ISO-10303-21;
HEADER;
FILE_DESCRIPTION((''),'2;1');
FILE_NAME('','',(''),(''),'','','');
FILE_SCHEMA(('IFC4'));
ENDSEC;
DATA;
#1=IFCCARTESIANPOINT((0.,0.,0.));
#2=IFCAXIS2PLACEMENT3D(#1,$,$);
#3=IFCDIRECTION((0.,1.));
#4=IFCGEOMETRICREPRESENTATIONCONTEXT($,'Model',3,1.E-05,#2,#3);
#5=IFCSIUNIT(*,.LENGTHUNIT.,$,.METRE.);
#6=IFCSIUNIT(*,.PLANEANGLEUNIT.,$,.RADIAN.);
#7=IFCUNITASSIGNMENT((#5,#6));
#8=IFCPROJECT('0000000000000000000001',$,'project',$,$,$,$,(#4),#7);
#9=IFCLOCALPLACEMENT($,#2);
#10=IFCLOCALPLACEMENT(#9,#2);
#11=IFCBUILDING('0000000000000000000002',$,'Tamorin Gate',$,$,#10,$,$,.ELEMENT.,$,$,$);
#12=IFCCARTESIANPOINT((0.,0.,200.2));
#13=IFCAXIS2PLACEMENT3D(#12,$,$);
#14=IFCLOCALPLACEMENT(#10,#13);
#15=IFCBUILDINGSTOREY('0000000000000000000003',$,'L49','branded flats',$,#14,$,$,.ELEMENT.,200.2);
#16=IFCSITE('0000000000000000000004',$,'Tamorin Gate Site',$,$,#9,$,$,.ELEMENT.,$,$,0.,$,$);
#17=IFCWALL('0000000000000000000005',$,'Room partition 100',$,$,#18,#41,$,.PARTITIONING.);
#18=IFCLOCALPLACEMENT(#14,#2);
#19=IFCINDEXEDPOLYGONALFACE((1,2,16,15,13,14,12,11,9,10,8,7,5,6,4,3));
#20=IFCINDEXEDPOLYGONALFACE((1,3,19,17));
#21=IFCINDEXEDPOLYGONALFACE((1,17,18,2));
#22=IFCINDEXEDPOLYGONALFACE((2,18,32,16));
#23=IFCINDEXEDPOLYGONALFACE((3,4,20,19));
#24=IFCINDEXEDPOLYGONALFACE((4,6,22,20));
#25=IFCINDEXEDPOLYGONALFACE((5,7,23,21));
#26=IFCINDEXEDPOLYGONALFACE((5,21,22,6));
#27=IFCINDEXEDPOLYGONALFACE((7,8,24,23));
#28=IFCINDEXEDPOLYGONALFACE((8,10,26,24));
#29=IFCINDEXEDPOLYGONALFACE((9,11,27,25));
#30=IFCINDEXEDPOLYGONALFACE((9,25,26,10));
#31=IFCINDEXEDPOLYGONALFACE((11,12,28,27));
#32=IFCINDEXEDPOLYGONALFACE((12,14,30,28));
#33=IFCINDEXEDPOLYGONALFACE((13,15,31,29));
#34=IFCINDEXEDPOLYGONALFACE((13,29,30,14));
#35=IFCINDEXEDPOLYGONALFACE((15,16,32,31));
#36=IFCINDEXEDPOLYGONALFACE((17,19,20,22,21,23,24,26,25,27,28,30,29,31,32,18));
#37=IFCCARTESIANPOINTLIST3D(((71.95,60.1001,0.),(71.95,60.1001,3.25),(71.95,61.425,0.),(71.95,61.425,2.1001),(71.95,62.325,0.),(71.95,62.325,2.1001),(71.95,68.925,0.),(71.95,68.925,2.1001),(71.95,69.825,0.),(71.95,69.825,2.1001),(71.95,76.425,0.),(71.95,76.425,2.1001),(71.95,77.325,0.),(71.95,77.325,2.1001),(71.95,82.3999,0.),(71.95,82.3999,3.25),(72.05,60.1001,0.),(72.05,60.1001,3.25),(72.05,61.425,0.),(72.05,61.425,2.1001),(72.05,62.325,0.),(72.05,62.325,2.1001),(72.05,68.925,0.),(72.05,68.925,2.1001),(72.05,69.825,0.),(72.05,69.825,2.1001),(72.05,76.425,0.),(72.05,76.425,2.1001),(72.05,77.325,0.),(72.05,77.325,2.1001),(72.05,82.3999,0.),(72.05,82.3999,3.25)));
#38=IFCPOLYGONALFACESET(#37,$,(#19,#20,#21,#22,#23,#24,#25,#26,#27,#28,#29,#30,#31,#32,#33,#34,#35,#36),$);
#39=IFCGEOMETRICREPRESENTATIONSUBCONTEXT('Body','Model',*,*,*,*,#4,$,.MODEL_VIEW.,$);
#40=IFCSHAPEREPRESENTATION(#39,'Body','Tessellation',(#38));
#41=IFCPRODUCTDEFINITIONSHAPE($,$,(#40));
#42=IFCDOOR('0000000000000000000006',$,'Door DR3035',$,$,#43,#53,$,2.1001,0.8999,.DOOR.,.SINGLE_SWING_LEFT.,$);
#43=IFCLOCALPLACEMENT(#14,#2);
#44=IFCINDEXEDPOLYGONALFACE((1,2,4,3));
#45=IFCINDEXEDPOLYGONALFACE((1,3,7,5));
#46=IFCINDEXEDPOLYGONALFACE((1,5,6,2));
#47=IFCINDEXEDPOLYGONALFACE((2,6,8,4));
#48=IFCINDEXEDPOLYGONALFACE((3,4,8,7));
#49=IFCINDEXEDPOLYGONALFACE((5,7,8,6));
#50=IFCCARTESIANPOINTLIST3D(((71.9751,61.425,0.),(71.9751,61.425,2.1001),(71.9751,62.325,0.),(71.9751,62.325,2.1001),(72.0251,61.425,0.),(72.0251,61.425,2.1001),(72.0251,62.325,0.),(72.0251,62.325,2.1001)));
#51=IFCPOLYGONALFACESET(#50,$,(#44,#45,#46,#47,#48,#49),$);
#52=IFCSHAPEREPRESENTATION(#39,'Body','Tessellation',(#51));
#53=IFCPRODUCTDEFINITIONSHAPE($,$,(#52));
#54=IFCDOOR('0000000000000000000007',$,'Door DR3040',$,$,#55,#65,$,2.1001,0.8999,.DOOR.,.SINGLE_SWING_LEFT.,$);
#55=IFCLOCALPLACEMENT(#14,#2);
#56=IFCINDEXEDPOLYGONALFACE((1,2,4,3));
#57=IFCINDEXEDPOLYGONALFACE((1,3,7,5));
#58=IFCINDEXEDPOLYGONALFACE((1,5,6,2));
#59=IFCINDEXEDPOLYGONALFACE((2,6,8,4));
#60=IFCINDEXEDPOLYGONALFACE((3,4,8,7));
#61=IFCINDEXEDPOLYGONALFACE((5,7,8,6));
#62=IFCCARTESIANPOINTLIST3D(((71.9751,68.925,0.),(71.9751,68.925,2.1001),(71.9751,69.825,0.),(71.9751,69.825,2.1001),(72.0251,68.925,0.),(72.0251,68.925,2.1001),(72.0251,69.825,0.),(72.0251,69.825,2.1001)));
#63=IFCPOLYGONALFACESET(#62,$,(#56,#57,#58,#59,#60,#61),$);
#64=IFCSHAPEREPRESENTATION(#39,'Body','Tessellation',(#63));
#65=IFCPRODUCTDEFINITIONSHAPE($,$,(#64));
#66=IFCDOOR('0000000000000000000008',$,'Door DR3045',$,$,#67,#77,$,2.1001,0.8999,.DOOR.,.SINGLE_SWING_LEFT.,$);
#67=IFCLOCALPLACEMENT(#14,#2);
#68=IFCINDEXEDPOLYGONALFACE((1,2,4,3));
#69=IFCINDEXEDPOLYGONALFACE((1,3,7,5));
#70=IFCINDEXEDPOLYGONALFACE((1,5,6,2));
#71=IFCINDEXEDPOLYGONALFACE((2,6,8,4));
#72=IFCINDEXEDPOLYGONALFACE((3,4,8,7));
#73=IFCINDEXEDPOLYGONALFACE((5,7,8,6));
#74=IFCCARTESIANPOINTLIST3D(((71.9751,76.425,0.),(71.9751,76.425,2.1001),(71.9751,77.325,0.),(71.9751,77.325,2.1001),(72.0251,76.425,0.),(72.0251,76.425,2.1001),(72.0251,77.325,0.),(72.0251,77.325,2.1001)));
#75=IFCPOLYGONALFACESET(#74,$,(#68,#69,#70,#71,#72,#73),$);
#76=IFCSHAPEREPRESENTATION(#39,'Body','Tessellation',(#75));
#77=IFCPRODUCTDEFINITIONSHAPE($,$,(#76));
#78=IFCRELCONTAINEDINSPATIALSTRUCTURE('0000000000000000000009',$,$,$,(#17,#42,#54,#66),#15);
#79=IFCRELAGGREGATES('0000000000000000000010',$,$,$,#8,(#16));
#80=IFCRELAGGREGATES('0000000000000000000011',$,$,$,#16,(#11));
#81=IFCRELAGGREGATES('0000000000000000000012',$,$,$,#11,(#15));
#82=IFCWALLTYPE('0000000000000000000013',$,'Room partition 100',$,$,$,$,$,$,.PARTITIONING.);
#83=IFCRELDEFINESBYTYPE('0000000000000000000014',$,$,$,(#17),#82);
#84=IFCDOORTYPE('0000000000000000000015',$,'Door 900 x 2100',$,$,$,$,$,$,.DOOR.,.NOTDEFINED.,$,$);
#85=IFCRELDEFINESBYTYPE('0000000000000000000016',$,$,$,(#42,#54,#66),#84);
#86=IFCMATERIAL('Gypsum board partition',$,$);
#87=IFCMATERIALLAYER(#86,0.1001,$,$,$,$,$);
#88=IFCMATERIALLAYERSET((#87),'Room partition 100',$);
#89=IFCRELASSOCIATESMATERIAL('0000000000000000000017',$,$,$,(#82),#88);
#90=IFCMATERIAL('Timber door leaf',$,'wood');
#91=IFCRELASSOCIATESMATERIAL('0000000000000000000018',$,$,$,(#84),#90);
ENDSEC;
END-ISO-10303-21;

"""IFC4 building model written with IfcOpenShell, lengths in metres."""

from ifc_helpers import new_model, si_unit, direction, frame, frame_2d, origin, place, context, subcontext, project, spatial, rectangle, extrude, material, layer, layer_set, type_object, element, fill, save


model = new_model("IFC4")

# Units and contexts
model_context = context("Model", 3, precision=1e-05, world=origin(), true_north=direction((0.0, 1.0)))
body_context = subcontext(model_context, "Body", "Model", "MODEL_VIEW")
ifc_project = project(units=[si_unit("LENGTHUNIT", "METRE"), si_unit("PLANEANGLEUNIT", "RADIAN")], contexts=[model_context])

# Site, building, storey
site_placement = place(None, origin())
site = spatial("IfcSite", under=ifc_project, at=site_placement, Name="Tamorin Gate Site", CompositionType="ELEMENT", RefElevation=0.0)
building_placement = place(site_placement, origin())
building = spatial("IfcBuilding", under=site, at=building_placement, Name="Tamorin Gate", CompositionType="ELEMENT")
storey_placement = place(building_placement, frame((0.0, 0.0, 200.2)))
storey = spatial("IfcBuildingStorey", under=building, at=storey_placement, Name="L49", Description="branded flats", CompositionType="ELEMENT", Elevation=200.2)

# Wall, openings, doors
ifc_material_1 = material(Name="Gypsum board partition")
ifc_layer_1 = layer(ifc_material_1, 0.1001)
ifc_layer_set_1 = layer_set([ifc_layer_1], Name="Room partition 100")
wall_type_1 = type_object("IfcWallType", Name="Room partition 100", PredefinedType="PARTITIONING", material=ifc_layer_set_1)
wall_1_placement = place(storey_placement, frame((72.0, 60.1001, 0.0), z_axis=(0.0, 0.0, 1.0), x_axis=(0.0, 1.0, 0.0)))
wall_1 = element("IfcWall", 1, at=wall_1_placement, inside=storey, type_object=wall_type_1, Name="Room partition 100", PredefinedType="PARTITIONING", context=body_context, shape_type="SweptSolid", body=[
    extrude(rectangle(XDim=22.2998, YDim=0.1001, at=frame_2d((11.1499, 0.0))), origin(), (0.0, 0.0, 1.0), 3.25),
])
opening_1_placement = place(wall_1_placement, frame((1.325, 0.0, 0.0)))
opening_1 = element("IfcOpeningElement", 2, at=opening_1_placement, cuts=wall_1, PredefinedType="OPENING", context=body_context, shape_type="SweptSolid", body=[
    extrude(rectangle(XDim=0.8999, YDim=2.1001, at=frame_2d((0.45, 1.05))), frame((0.0, 0.0601, 0.0), z_axis=(0.0, -1.0, 0.0), x_axis=(1.0, 0.0, 0.0)), (0.0, 0.0, 1.0), 0.1201),
])
opening_2_placement = place(wall_1_placement, frame((8.825, 0.0, 0.0)))
opening_2 = element("IfcOpeningElement", 3, at=opening_2_placement, cuts=wall_1, PredefinedType="OPENING", context=body_context, shape_type="SweptSolid", body=[
    extrude(rectangle(XDim=0.8999, YDim=2.1001, at=frame_2d((0.45, 1.05))), frame((0.0, 0.0601, 0.0), z_axis=(0.0, -1.0, 0.0), x_axis=(1.0, 0.0, 0.0)), (0.0, 0.0, 1.0), 0.1201),
])
opening_3_placement = place(wall_1_placement, frame((16.325, 0.0, 0.0)))
opening_3 = element("IfcOpeningElement", 4, at=opening_3_placement, cuts=wall_1, PredefinedType="OPENING", context=body_context, shape_type="SweptSolid", body=[
    extrude(rectangle(XDim=0.8999, YDim=2.1001, at=frame_2d((0.45, 1.05))), frame((0.0, 0.0601, 0.0), z_axis=(0.0, -1.0, 0.0), x_axis=(1.0, 0.0, 0.0)), (0.0, 0.0, 1.0), 0.1201),
])
ifc_material_2 = material(Name="Timber door leaf", Category="wood")
door_type = type_object("IfcDoorType", Name="Door 900 x 2100", OperationType="NOTDEFINED", PredefinedType="DOOR", material=ifc_material_2)
door_1_placement = place(opening_1_placement, origin())
door_1 = element("IfcDoor", 5, at=door_1_placement, inside=storey, type_object=door_type, Name="Door DR3035", OperationType="SINGLE_SWING_LEFT", OverallHeight=2.1001, OverallWidth=0.8999, PredefinedType="DOOR", context=body_context, shape_type="SweptSolid", body=[
    extrude(rectangle(XDim=0.8999, YDim=2.1001, at=frame_2d((0.45, 1.05))), frame((0.0, 0.0249, 0.0), z_axis=(0.0, -1.0, 0.0), x_axis=(1.0, 0.0, 0.0)), (0.0, 0.0, 1.0), 0.05),
])
fill(opening_1, door_1)
door_2_placement = place(opening_2_placement, origin())
door_2 = element("IfcDoor", 6, at=door_2_placement, inside=storey, type_object=door_type, Name="Door DR3040", OperationType="SINGLE_SWING_LEFT", OverallHeight=2.1001, OverallWidth=0.8999, PredefinedType="DOOR", context=body_context, shape_type="SweptSolid", body=[
    extrude(rectangle(XDim=0.8999, YDim=2.1001, at=frame_2d((0.45, 1.05))), frame((0.0, 0.0249, 0.0), z_axis=(0.0, -1.0, 0.0), x_axis=(1.0, 0.0, 0.0)), (0.0, 0.0, 1.0), 0.05),
])
fill(opening_2, door_2)
door_3_placement = place(opening_3_placement, origin())
door_3 = element("IfcDoor", 7, at=door_3_placement, inside=storey, type_object=door_type, Name="Door DR3045", OperationType="SINGLE_SWING_LEFT", OverallHeight=2.1001, OverallWidth=0.8999, PredefinedType="DOOR", context=body_context, shape_type="SweptSolid", body=[
    extrude(rectangle(XDim=0.8999, YDim=2.1001, at=frame_2d((0.45, 1.05))), frame((0.0, 0.0249, 0.0), z_axis=(0.0, -1.0, 0.0), x_axis=(1.0, 0.0, 0.0)), (0.0, 0.0, 1.0), 0.05),
])
fill(opening_3, door_3)

save(model, "model.ifc")
